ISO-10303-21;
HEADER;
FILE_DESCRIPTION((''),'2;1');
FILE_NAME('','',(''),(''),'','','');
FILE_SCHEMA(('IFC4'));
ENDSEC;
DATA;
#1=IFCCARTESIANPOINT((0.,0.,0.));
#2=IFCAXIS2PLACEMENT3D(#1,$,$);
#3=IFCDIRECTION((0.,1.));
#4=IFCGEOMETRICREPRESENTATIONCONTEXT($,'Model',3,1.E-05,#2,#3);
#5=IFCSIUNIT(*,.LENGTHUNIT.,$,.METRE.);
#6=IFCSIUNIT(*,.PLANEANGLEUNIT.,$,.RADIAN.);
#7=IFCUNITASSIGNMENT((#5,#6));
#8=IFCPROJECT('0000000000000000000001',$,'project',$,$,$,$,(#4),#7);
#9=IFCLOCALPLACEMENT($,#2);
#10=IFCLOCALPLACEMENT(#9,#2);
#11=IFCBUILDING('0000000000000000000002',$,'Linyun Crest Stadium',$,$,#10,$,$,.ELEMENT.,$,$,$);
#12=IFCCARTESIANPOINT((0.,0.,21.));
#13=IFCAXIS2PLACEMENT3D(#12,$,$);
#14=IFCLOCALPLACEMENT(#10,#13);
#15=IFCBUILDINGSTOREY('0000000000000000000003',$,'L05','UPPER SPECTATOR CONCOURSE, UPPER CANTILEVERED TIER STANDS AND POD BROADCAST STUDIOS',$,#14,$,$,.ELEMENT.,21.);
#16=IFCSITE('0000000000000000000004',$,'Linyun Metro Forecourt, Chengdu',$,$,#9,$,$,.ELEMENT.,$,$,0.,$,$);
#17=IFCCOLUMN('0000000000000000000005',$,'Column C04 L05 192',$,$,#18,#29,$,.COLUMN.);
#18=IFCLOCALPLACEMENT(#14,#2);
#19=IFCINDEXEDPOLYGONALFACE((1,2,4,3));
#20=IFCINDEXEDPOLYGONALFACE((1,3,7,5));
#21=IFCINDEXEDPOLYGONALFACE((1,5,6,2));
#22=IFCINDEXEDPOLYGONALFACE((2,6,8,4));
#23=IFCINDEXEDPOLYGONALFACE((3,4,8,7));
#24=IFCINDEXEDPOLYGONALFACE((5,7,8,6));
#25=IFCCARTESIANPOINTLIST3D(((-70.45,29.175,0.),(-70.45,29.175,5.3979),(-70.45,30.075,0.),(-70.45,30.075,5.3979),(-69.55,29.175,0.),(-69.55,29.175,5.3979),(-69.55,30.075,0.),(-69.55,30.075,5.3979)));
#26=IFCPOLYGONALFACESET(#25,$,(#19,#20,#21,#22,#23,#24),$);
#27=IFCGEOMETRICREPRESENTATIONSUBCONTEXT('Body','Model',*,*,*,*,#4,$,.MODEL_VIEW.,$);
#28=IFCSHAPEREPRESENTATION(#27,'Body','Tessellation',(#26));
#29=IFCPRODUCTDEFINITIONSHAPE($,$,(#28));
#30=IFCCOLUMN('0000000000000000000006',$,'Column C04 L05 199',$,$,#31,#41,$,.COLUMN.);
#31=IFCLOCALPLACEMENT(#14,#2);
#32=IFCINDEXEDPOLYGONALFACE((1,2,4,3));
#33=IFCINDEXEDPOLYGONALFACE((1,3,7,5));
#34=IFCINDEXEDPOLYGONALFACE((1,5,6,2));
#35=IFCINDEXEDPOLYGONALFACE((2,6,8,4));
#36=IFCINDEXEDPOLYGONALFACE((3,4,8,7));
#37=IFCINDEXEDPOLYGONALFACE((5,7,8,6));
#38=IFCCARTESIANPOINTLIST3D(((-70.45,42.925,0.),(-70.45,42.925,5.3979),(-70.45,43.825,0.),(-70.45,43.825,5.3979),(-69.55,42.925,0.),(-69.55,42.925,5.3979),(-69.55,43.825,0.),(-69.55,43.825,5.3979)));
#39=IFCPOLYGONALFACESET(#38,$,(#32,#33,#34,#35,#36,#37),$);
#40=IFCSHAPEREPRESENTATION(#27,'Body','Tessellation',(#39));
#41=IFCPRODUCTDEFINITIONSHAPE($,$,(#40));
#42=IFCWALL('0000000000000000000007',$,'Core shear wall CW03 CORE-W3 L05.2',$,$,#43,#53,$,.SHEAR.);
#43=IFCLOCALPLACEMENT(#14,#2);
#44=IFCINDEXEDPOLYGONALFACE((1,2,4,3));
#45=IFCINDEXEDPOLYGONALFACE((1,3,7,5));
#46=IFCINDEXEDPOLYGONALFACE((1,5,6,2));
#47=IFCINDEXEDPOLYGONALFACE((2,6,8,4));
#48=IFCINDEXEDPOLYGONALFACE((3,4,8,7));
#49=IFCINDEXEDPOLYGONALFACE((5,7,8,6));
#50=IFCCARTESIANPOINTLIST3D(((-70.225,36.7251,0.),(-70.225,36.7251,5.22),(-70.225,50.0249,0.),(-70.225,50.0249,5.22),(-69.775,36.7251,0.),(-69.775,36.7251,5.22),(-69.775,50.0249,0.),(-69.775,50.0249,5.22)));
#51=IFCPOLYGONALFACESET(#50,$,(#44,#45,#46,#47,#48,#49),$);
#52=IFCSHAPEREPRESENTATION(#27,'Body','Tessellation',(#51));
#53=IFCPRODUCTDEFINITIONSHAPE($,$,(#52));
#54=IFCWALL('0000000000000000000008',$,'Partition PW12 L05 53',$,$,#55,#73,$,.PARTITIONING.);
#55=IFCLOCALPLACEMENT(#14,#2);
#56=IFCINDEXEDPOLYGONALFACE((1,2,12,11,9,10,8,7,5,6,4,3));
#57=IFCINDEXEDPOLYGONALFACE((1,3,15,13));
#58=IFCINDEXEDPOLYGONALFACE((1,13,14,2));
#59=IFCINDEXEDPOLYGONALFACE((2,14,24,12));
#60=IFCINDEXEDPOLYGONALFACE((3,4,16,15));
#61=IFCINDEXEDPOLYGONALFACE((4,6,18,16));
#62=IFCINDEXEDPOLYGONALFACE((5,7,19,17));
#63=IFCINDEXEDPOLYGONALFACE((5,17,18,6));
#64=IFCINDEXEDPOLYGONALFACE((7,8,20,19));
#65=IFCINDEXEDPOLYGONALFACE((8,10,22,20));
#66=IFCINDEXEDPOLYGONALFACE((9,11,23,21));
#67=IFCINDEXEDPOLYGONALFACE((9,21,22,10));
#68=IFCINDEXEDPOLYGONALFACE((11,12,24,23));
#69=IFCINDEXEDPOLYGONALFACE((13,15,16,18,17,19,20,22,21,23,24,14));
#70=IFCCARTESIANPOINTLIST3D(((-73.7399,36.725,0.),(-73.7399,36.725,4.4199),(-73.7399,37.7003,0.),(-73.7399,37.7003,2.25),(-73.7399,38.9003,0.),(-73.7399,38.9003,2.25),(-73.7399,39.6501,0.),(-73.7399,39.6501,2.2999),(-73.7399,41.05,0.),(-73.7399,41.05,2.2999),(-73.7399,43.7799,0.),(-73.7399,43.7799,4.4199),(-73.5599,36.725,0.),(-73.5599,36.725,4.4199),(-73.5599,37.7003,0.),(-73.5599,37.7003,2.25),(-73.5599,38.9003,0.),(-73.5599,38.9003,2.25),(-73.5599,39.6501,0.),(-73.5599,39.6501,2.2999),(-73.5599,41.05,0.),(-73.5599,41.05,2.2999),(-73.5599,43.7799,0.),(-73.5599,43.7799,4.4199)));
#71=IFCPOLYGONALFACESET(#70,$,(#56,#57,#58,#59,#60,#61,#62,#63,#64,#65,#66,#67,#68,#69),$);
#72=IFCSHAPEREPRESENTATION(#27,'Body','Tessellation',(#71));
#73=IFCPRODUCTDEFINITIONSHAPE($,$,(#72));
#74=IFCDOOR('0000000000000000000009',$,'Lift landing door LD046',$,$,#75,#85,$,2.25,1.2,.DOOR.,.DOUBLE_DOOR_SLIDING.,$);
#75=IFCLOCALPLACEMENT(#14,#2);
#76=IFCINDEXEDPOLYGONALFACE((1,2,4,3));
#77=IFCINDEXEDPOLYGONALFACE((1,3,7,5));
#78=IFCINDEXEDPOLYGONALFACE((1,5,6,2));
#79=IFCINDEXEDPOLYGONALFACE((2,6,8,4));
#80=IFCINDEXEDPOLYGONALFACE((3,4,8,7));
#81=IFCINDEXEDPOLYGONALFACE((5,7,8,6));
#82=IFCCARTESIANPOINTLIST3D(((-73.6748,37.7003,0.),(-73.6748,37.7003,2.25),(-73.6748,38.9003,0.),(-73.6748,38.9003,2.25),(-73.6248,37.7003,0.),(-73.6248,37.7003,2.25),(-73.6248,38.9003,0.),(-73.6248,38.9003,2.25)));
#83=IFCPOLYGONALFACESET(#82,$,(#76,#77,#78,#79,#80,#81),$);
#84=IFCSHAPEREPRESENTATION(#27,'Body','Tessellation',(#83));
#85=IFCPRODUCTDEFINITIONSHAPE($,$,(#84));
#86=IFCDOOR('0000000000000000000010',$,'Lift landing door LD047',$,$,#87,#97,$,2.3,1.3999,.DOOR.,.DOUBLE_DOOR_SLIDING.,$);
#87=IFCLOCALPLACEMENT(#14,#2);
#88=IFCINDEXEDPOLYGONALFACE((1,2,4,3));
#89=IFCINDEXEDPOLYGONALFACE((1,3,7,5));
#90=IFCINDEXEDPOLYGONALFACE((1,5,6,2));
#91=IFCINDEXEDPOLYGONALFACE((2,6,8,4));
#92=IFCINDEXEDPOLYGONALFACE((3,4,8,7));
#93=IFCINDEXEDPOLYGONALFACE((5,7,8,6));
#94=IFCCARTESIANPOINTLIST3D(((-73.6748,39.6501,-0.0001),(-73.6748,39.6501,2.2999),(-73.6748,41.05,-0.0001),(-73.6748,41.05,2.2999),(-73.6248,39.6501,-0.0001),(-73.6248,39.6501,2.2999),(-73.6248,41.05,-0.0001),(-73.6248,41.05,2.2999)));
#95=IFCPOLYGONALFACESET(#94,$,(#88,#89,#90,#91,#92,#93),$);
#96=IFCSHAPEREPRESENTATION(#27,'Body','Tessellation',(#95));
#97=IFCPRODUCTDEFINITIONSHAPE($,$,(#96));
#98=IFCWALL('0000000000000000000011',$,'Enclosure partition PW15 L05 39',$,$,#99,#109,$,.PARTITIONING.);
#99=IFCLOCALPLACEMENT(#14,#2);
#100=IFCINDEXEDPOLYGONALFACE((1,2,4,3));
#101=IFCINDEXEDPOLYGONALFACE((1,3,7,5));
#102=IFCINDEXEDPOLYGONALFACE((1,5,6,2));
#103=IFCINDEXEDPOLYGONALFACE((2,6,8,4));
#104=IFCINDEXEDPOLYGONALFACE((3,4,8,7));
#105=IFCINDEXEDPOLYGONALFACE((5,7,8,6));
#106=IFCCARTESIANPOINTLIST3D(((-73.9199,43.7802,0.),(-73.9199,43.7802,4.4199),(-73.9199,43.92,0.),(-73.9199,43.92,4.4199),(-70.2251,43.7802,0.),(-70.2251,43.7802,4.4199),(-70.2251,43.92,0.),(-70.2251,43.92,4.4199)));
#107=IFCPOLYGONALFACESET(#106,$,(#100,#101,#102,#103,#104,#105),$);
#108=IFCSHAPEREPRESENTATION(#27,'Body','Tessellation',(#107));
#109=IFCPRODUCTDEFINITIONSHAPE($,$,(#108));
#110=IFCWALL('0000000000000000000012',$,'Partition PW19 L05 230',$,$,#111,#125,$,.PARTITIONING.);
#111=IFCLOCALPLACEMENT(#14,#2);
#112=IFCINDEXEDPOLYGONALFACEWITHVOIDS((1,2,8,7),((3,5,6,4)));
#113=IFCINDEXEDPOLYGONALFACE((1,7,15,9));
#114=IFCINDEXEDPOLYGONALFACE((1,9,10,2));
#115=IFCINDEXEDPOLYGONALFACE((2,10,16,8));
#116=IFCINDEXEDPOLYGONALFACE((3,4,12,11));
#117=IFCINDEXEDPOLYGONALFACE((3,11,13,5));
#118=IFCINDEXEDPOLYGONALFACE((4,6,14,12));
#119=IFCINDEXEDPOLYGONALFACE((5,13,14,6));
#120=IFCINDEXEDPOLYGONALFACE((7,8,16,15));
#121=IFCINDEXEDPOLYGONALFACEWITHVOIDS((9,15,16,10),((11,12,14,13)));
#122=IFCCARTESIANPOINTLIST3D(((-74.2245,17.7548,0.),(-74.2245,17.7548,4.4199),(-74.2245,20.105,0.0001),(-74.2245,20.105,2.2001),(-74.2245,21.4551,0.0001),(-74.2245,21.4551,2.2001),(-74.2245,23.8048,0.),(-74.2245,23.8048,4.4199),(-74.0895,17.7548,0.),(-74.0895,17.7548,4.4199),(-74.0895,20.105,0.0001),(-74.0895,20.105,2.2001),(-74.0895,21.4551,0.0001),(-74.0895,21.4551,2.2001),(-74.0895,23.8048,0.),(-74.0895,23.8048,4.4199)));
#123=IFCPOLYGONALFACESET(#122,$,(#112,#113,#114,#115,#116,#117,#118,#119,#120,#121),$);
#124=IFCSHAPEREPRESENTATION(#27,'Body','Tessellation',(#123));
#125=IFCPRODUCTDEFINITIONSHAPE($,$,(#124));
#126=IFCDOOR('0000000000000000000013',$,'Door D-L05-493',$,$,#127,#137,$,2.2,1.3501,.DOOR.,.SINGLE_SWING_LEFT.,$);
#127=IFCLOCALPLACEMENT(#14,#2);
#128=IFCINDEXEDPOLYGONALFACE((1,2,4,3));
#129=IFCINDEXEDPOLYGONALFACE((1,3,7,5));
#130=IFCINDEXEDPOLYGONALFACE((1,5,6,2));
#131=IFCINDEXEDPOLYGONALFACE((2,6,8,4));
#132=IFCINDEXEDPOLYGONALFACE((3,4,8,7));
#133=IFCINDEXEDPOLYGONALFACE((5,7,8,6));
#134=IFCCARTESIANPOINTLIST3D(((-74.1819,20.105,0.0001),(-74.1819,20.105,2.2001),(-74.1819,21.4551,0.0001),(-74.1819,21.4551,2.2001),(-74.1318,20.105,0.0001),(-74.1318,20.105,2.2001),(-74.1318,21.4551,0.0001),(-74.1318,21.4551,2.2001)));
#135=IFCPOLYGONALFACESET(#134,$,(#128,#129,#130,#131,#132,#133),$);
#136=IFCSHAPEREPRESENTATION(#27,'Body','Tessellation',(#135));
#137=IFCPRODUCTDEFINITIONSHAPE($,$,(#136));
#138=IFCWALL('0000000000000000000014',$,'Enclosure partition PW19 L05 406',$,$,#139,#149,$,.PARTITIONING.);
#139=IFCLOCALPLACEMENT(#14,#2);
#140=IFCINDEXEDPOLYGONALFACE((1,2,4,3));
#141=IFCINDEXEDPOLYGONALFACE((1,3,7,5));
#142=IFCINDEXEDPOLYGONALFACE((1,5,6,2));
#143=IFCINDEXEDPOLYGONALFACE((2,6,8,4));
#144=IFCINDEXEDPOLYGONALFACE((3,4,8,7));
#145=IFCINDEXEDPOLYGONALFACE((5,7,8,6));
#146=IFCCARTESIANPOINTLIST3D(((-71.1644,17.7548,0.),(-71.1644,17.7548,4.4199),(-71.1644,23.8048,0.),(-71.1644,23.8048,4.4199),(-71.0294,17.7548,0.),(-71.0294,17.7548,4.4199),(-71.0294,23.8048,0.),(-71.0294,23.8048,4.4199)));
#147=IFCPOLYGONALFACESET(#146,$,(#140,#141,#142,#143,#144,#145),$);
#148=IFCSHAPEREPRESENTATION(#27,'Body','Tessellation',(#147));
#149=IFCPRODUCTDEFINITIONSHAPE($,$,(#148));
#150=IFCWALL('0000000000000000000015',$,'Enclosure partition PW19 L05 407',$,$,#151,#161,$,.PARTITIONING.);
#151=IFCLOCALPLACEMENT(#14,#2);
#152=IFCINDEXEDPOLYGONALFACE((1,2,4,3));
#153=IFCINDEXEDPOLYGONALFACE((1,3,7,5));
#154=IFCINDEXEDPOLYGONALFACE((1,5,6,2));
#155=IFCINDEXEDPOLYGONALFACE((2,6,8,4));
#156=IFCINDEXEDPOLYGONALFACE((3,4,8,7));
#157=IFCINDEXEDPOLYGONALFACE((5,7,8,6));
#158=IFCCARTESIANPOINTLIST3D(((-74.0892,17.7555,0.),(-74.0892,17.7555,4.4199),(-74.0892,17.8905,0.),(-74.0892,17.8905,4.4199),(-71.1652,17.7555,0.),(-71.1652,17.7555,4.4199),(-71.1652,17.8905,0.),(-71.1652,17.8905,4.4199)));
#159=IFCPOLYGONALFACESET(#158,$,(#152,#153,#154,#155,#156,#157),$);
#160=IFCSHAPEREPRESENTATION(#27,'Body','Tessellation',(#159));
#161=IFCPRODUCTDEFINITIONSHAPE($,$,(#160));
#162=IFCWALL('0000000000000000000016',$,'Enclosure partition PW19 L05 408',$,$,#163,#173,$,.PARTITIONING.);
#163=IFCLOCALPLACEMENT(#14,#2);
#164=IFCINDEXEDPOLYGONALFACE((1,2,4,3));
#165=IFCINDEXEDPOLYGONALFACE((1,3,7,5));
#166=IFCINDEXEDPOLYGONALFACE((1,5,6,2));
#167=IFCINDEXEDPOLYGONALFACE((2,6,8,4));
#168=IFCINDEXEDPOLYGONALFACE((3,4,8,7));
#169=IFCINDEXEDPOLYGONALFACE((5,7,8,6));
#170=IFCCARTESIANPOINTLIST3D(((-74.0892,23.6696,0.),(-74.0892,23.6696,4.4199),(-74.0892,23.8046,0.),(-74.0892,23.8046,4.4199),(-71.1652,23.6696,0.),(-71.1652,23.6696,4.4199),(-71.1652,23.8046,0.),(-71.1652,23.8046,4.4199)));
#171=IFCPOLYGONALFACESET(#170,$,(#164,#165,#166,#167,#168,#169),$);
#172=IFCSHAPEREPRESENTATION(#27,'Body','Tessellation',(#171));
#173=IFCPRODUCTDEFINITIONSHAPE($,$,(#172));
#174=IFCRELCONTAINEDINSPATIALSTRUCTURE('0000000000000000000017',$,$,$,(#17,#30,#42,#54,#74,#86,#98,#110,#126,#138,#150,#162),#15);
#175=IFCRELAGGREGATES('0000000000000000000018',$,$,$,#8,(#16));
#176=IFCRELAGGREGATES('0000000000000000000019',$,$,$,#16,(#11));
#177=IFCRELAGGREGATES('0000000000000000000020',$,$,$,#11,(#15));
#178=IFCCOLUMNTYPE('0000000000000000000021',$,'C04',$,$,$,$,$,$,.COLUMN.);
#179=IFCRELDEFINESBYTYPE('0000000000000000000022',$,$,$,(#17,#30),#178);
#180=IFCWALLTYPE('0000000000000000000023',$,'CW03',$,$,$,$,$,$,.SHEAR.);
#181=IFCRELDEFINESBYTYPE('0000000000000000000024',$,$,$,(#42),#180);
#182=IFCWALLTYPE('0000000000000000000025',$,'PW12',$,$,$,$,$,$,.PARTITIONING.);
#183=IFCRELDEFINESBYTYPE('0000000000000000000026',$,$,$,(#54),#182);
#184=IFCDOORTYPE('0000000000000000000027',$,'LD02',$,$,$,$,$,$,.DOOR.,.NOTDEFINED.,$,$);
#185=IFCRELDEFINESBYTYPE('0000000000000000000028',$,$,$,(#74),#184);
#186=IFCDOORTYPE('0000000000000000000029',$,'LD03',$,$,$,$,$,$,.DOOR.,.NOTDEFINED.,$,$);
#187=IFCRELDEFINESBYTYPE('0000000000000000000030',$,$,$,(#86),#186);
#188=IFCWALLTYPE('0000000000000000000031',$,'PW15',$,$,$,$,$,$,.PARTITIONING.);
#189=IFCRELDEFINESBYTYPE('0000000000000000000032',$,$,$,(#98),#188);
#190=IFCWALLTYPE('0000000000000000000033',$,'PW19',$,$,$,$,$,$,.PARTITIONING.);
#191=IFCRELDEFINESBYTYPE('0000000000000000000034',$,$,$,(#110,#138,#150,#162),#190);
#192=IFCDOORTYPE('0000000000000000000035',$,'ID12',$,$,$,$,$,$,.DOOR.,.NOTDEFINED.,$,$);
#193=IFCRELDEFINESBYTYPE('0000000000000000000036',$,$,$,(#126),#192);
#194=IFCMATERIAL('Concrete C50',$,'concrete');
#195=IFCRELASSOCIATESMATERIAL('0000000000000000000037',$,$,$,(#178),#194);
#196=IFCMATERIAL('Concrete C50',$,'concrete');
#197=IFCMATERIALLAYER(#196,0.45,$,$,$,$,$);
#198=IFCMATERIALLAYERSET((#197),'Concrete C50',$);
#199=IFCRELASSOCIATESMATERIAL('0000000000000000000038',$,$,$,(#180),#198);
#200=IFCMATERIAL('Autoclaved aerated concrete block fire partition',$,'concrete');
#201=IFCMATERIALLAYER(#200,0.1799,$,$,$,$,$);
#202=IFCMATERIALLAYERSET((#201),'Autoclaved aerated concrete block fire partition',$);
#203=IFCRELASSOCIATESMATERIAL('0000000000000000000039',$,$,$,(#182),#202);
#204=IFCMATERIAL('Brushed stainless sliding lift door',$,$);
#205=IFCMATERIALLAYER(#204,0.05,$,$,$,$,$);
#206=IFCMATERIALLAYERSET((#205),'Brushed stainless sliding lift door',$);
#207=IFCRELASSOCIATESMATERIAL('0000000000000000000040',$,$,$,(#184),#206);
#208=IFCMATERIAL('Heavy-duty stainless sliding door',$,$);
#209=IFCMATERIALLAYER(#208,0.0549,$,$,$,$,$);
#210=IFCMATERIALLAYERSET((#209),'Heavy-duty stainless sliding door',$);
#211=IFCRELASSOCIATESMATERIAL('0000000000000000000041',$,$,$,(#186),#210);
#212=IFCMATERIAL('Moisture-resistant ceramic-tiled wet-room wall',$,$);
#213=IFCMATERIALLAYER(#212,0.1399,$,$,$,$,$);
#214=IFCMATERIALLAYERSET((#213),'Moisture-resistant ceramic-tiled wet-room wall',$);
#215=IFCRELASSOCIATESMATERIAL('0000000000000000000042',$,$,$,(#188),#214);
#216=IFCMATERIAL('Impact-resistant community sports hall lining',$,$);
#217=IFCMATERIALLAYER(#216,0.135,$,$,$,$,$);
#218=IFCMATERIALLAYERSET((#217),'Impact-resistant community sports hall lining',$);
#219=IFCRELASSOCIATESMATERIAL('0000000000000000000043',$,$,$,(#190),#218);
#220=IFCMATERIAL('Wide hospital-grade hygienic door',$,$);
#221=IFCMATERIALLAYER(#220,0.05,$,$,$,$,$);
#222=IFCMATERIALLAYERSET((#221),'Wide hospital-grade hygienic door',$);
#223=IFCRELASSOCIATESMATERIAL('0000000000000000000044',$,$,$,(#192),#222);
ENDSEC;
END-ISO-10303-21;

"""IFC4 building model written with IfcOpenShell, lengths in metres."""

from ifc_helpers import new_model, si_unit, direction, frame, frame_2d, origin, origin_2d, place, context, subcontext, project, spatial, rectangle, extrude, material, layer, layer_set, material_profile, profile_set, type_object, element, fill, save


model = new_model("IFC4")

# Units and contexts
model_context = context("Model", 3, precision=1e-05, world=origin(), true_north=direction((0.0, 1.0)))
body_context = subcontext(model_context, "Body", "Model", "MODEL_VIEW")
ifc_project = project(units=[si_unit("LENGTHUNIT", "METRE"), si_unit("PLANEANGLEUNIT", "RADIAN")], contexts=[model_context])

# Site, building, storey
site_placement = place(None, origin())
site = spatial("IfcSite", under=ifc_project, at=site_placement, Name="Linyun Metro Forecourt, Chengdu", CompositionType="ELEMENT", RefElevation=0.0)
building_placement = place(site_placement, origin())
building = spatial("IfcBuilding", under=site, at=building_placement, Name="Linyun Crest Stadium", CompositionType="ELEMENT")
storey_placement = place(building_placement, frame((0.0, 0.0, 21.0)))
storey = spatial("IfcBuildingStorey", under=building, at=storey_placement, Name="L05", Description="UPPER SPECTATOR CONCOURSE, UPPER CANTILEVERED TIER STANDS AND POD BROADCAST STUDIOS", CompositionType="ELEMENT", Elevation=21.0)

# Columns
ifc_material_1 = material(Name="Concrete C50", Category="concrete")
ifc_material_profile = material_profile(ifc_material_1, rectangle(XDim=0.8999, YDim=0.8999, at=origin_2d()), Name="RC 900x900")
ifc_profile_set = profile_set([ifc_material_profile], Name="Concrete C50")
column_type = type_object("IfcColumnType", Name="C04", PredefinedType="COLUMN", material=ifc_profile_set)
for number, where, z_axis, x_axis, name in (
    (1, (-70.0, 29.625, 0.0), (0.0, 0.0, 1.0), (1.0, 0.0, 0.0), "Column C04 L05 192"),
    (2, (-70.0, 43.375, 0.0), (0.0, 0.0, 1.0), (1.0, 0.0, 0.0), "Column C04 L05 199"),
):
    element("IfcColumn", number, at=place(storey_placement, frame(where, z_axis=z_axis, x_axis=x_axis)), inside=storey, type_object=column_type, Name=name, PredefinedType="COLUMN", context=body_context, shape_type="SweptSolid", body=[
        extrude(rectangle(XDim=0.8999, YDim=0.8999, at=origin_2d()), origin(), (0.0, 0.0, 1.0), 5.3979),
    ])

# Wall
ifc_material_2 = material(Name="Concrete C50", Category="concrete")
ifc_layer_1 = layer(ifc_material_2, 0.45)
ifc_layer_set_1 = layer_set([ifc_layer_1], Name="Concrete C50")
wall_type_1 = type_object("IfcWallType", Name="CW03", PredefinedType="SHEAR", material=ifc_layer_set_1)
wall_1_placement = place(storey_placement, frame((-70.0, 36.7251, 0.0), z_axis=(0.0, 0.0, 1.0), x_axis=(0.0, 1.0, 0.0)))
element("IfcWall", 3, at=wall_1_placement, inside=storey, type_object=wall_type_1, Name="Core shear wall CW03 CORE-W3 L05.2", PredefinedType="SHEAR", context=body_context, shape_type="SweptSolid", body=[
    extrude(rectangle(XDim=13.2998, YDim=0.45, at=frame_2d((6.6499, 0.0))), origin(), (0.0, 0.0, 1.0), 5.22),
])

# Wall, openings, doors
ifc_material_3 = material(Name="Autoclaved aerated concrete block fire partition", Category="concrete")
ifc_layer_2 = layer(ifc_material_3, 0.1799)
ifc_layer_set_2 = layer_set([ifc_layer_2], Name="Autoclaved aerated concrete block fire partition")
wall_type_2 = type_object("IfcWallType", Name="PW12", PredefinedType="PARTITIONING", material=ifc_layer_set_2)
wall_2_placement = place(storey_placement, frame((-73.6499, 36.7251, 0.0), z_axis=(0.0, 0.0, 1.0), x_axis=(0.0, 1.0, 0.0)))
wall_2 = element("IfcWall", 4, at=wall_2_placement, inside=storey, type_object=wall_type_2, Name="Partition PW12 L05 53", PredefinedType="PARTITIONING", context=body_context, shape_type="SweptSolid", body=[
    extrude(rectangle(XDim=7.0549, YDim=0.1799, at=frame_2d((3.5273, 0.0))), origin(), (0.0, 0.0, 1.0), 4.4199),
])
opening_1_placement = place(wall_2_placement, frame((0.9751, 0.0, 0.0)))
opening_1 = element("IfcOpeningElement", 5, at=opening_1_placement, cuts=wall_2, PredefinedType="OPENING", context=body_context, shape_type="SweptSolid", body=[
    extrude(rectangle(XDim=1.2, YDim=2.25, at=frame_2d((0.6001, 1.125))), frame((0.0, 0.0999, 0.0), z_axis=(0.0, -1.0, 0.0), x_axis=(1.0, 0.0, 0.0)), (0.0, 0.0, 1.0), 0.2),
])
opening_2_placement = place(wall_2_placement, frame((2.925, 0.0, 0.0)))
opening_2 = element("IfcOpeningElement", 6, at=opening_2_placement, cuts=wall_2, PredefinedType="OPENING", context=body_context, shape_type="SweptSolid", body=[
    extrude(rectangle(XDim=1.3999, YDim=2.3, at=frame_2d((0.7, 1.1499))), frame((0.0, 0.0999, 0.0), z_axis=(0.0, -1.0, 0.0), x_axis=(1.0, 0.0, 0.0)), (0.0, 0.0, 1.0), 0.2),
])
ifc_material_4 = material(Name="Brushed stainless sliding lift door")
ifc_layer_3 = layer(ifc_material_4, 0.05)
ifc_layer_set_3 = layer_set([ifc_layer_3], Name="Brushed stainless sliding lift door")
door_type_1 = type_object("IfcDoorType", Name="LD02", OperationType="NOTDEFINED", PredefinedType="DOOR", material=ifc_layer_set_3)
door_1_placement = place(opening_1_placement, origin())
door_1 = element("IfcDoor", 7, at=door_1_placement, inside=storey, type_object=door_type_1, Name="Lift landing door LD046", OperationType="DOUBLE_DOOR_SLIDING", OverallHeight=2.25, OverallWidth=1.2, PredefinedType="DOOR", context=body_context, shape_type="SweptSolid", body=[
    extrude(rectangle(XDim=1.2, YDim=2.25, at=frame_2d((0.6001, 1.125))), frame((0.0, 0.0249, 0.0), z_axis=(0.0, -1.0, 0.0), x_axis=(1.0, 0.0, 0.0)), (0.0, 0.0, 1.0), 0.05),
])
fill(opening_1, door_1)
ifc_material_5 = material(Name="Heavy-duty stainless sliding door")
ifc_layer_4 = layer(ifc_material_5, 0.0549)
ifc_layer_set_4 = layer_set([ifc_layer_4], Name="Heavy-duty stainless sliding door")
door_type_2 = type_object("IfcDoorType", Name="LD03", OperationType="NOTDEFINED", PredefinedType="DOOR", material=ifc_layer_set_4)
door_2_placement = place(opening_2_placement, origin())
door_2 = element("IfcDoor", 8, at=door_2_placement, inside=storey, type_object=door_type_2, Name="Lift landing door LD047", OperationType="DOUBLE_DOOR_SLIDING", OverallHeight=2.3, OverallWidth=1.3999, PredefinedType="DOOR", context=body_context, shape_type="SweptSolid", body=[
    extrude(rectangle(XDim=1.3999, YDim=2.3, at=frame_2d((0.7, 1.1499))), frame((0.0, 0.0249, 0.0), z_axis=(0.0, -1.0, 0.0), x_axis=(1.0, 0.0, 0.0)), (0.0, 0.0, 1.0), 0.05),
])
fill(opening_2, door_2)

# Wall
ifc_material_6 = material(Name="Moisture-resistant ceramic-tiled wet-room wall")
ifc_layer_5 = layer(ifc_material_6, 0.1399)
ifc_layer_set_5 = layer_set([ifc_layer_5], Name="Moisture-resistant ceramic-tiled wet-room wall")
wall_type_3 = type_object("IfcWallType", Name="PW15", PredefinedType="PARTITIONING", material=ifc_layer_set_5)
wall_3_placement = place(storey_placement, frame((-73.9199, 43.8501, 0.0), z_axis=(0.0, 0.0, 1.0), x_axis=(1.0, 0.0, 0.0)))
element("IfcWall", 9, at=wall_3_placement, inside=storey, type_object=wall_type_3, Name="Enclosure partition PW15 L05 39", PredefinedType="PARTITIONING", context=body_context, shape_type="SweptSolid", body=[
    extrude(rectangle(XDim=3.6948, YDim=0.1399, at=frame_2d((1.8474, 0.0))), origin(), (0.0, 0.0, 1.0), 4.4199),
])

# Wall, opening, door
ifc_material_7 = material(Name="Impact-resistant community sports hall lining")
ifc_layer_6 = layer(ifc_material_7, 0.135)
ifc_layer_set_6 = layer_set([ifc_layer_6], Name="Impact-resistant community sports hall lining")
wall_type_4 = type_object("IfcWallType", Name="PW19", PredefinedType="PARTITIONING", material=ifc_layer_set_6)
wall_4_placement = place(storey_placement, frame((-74.157, 17.7549, 0.0), z_axis=(0.0, 0.0, 1.0), x_axis=(0.0, 1.0, 0.0)))
wall_4 = element("IfcWall", 10, at=wall_4_placement, inside=storey, type_object=wall_type_4, Name="Partition PW19 L05 230", PredefinedType="PARTITIONING", context=body_context, shape_type="SweptSolid", body=[
    extrude(rectangle(XDim=6.05, YDim=0.135, at=frame_2d((3.0249, 0.0))), origin(), (0.0, 0.0, 1.0), 4.4199),
])
opening_3_placement = place(wall_4_placement, frame((2.3501, 0.0, 0.0)))
opening_3 = element("IfcOpeningElement", 11, at=opening_3_placement, cuts=wall_4, PredefinedType="OPENING", context=body_context, shape_type="SweptSolid", body=[
    extrude(rectangle(XDim=1.3501, YDim=2.2, at=frame_2d((0.675, 1.1001))), frame((0.0, 0.0774, 0.0), z_axis=(0.0, -1.0, 0.0), x_axis=(1.0, 0.0, 0.0)), (0.0, 0.0, 1.0), 0.155),
])
ifc_material_8 = material(Name="Wide hospital-grade hygienic door")
ifc_layer_7 = layer(ifc_material_8, 0.05)
ifc_layer_set_7 = layer_set([ifc_layer_7], Name="Wide hospital-grade hygienic door")
door_type_3 = type_object("IfcDoorType", Name="ID12", OperationType="NOTDEFINED", PredefinedType="DOOR", material=ifc_layer_set_7)
door_3_placement = place(opening_3_placement, origin())
door_3 = element("IfcDoor", 12, at=door_3_placement, inside=storey, type_object=door_type_3, Name="Door D-L05-493", OperationType="SINGLE_SWING_LEFT", OverallHeight=2.2, OverallWidth=1.3501, PredefinedType="DOOR", context=body_context, shape_type="SweptSolid", body=[
    extrude(rectangle(XDim=1.3501, YDim=2.2, at=frame_2d((0.675, 1.1001))), frame((0.0, 0.0249, 0.0), z_axis=(0.0, -1.0, 0.0), x_axis=(1.0, 0.0, 0.0)), (0.0, 0.0, 1.0), 0.05),
])
fill(opening_3, door_3)

# Walls
wall_5_placement = place(storey_placement, frame((-71.0969, 17.7549, 0.0), z_axis=(0.0, 0.0, 1.0), x_axis=(0.0, 1.0, 0.0)))
element("IfcWall", 13, at=wall_5_placement, inside=storey, type_object=wall_type_4, Name="Enclosure partition PW19 L05 406", PredefinedType="PARTITIONING", context=body_context, shape_type="SweptSolid", body=[
    extrude(rectangle(XDim=6.05, YDim=0.135, at=frame_2d((3.0249, 0.0))), origin(), (0.0, 0.0, 1.0), 4.4199),
])
for number, where, z_axis, x_axis, name in (
    (14, (-74.0891, 17.823, 0.0), (0.0, 0.0, 1.0), (1.0, 0.0, 0.0), "Enclosure partition PW19 L05 407"),
    (15, (-74.0891, 23.7371, 0.0), (0.0, 0.0, 1.0), (1.0, 0.0, 0.0), "Enclosure partition PW19 L05 408"),
):
    element("IfcWall", number, at=place(storey_placement, frame(where, z_axis=z_axis, x_axis=x_axis)), inside=storey, type_object=wall_type_4, Name=name, PredefinedType="PARTITIONING", context=body_context, shape_type="SweptSolid", body=[
        extrude(rectangle(XDim=2.9241, YDim=0.135, at=frame_2d((1.4619, 0.0))), origin(), (0.0, 0.0, 1.0), 4.4199),
    ])

save(model, "model.ifc")
